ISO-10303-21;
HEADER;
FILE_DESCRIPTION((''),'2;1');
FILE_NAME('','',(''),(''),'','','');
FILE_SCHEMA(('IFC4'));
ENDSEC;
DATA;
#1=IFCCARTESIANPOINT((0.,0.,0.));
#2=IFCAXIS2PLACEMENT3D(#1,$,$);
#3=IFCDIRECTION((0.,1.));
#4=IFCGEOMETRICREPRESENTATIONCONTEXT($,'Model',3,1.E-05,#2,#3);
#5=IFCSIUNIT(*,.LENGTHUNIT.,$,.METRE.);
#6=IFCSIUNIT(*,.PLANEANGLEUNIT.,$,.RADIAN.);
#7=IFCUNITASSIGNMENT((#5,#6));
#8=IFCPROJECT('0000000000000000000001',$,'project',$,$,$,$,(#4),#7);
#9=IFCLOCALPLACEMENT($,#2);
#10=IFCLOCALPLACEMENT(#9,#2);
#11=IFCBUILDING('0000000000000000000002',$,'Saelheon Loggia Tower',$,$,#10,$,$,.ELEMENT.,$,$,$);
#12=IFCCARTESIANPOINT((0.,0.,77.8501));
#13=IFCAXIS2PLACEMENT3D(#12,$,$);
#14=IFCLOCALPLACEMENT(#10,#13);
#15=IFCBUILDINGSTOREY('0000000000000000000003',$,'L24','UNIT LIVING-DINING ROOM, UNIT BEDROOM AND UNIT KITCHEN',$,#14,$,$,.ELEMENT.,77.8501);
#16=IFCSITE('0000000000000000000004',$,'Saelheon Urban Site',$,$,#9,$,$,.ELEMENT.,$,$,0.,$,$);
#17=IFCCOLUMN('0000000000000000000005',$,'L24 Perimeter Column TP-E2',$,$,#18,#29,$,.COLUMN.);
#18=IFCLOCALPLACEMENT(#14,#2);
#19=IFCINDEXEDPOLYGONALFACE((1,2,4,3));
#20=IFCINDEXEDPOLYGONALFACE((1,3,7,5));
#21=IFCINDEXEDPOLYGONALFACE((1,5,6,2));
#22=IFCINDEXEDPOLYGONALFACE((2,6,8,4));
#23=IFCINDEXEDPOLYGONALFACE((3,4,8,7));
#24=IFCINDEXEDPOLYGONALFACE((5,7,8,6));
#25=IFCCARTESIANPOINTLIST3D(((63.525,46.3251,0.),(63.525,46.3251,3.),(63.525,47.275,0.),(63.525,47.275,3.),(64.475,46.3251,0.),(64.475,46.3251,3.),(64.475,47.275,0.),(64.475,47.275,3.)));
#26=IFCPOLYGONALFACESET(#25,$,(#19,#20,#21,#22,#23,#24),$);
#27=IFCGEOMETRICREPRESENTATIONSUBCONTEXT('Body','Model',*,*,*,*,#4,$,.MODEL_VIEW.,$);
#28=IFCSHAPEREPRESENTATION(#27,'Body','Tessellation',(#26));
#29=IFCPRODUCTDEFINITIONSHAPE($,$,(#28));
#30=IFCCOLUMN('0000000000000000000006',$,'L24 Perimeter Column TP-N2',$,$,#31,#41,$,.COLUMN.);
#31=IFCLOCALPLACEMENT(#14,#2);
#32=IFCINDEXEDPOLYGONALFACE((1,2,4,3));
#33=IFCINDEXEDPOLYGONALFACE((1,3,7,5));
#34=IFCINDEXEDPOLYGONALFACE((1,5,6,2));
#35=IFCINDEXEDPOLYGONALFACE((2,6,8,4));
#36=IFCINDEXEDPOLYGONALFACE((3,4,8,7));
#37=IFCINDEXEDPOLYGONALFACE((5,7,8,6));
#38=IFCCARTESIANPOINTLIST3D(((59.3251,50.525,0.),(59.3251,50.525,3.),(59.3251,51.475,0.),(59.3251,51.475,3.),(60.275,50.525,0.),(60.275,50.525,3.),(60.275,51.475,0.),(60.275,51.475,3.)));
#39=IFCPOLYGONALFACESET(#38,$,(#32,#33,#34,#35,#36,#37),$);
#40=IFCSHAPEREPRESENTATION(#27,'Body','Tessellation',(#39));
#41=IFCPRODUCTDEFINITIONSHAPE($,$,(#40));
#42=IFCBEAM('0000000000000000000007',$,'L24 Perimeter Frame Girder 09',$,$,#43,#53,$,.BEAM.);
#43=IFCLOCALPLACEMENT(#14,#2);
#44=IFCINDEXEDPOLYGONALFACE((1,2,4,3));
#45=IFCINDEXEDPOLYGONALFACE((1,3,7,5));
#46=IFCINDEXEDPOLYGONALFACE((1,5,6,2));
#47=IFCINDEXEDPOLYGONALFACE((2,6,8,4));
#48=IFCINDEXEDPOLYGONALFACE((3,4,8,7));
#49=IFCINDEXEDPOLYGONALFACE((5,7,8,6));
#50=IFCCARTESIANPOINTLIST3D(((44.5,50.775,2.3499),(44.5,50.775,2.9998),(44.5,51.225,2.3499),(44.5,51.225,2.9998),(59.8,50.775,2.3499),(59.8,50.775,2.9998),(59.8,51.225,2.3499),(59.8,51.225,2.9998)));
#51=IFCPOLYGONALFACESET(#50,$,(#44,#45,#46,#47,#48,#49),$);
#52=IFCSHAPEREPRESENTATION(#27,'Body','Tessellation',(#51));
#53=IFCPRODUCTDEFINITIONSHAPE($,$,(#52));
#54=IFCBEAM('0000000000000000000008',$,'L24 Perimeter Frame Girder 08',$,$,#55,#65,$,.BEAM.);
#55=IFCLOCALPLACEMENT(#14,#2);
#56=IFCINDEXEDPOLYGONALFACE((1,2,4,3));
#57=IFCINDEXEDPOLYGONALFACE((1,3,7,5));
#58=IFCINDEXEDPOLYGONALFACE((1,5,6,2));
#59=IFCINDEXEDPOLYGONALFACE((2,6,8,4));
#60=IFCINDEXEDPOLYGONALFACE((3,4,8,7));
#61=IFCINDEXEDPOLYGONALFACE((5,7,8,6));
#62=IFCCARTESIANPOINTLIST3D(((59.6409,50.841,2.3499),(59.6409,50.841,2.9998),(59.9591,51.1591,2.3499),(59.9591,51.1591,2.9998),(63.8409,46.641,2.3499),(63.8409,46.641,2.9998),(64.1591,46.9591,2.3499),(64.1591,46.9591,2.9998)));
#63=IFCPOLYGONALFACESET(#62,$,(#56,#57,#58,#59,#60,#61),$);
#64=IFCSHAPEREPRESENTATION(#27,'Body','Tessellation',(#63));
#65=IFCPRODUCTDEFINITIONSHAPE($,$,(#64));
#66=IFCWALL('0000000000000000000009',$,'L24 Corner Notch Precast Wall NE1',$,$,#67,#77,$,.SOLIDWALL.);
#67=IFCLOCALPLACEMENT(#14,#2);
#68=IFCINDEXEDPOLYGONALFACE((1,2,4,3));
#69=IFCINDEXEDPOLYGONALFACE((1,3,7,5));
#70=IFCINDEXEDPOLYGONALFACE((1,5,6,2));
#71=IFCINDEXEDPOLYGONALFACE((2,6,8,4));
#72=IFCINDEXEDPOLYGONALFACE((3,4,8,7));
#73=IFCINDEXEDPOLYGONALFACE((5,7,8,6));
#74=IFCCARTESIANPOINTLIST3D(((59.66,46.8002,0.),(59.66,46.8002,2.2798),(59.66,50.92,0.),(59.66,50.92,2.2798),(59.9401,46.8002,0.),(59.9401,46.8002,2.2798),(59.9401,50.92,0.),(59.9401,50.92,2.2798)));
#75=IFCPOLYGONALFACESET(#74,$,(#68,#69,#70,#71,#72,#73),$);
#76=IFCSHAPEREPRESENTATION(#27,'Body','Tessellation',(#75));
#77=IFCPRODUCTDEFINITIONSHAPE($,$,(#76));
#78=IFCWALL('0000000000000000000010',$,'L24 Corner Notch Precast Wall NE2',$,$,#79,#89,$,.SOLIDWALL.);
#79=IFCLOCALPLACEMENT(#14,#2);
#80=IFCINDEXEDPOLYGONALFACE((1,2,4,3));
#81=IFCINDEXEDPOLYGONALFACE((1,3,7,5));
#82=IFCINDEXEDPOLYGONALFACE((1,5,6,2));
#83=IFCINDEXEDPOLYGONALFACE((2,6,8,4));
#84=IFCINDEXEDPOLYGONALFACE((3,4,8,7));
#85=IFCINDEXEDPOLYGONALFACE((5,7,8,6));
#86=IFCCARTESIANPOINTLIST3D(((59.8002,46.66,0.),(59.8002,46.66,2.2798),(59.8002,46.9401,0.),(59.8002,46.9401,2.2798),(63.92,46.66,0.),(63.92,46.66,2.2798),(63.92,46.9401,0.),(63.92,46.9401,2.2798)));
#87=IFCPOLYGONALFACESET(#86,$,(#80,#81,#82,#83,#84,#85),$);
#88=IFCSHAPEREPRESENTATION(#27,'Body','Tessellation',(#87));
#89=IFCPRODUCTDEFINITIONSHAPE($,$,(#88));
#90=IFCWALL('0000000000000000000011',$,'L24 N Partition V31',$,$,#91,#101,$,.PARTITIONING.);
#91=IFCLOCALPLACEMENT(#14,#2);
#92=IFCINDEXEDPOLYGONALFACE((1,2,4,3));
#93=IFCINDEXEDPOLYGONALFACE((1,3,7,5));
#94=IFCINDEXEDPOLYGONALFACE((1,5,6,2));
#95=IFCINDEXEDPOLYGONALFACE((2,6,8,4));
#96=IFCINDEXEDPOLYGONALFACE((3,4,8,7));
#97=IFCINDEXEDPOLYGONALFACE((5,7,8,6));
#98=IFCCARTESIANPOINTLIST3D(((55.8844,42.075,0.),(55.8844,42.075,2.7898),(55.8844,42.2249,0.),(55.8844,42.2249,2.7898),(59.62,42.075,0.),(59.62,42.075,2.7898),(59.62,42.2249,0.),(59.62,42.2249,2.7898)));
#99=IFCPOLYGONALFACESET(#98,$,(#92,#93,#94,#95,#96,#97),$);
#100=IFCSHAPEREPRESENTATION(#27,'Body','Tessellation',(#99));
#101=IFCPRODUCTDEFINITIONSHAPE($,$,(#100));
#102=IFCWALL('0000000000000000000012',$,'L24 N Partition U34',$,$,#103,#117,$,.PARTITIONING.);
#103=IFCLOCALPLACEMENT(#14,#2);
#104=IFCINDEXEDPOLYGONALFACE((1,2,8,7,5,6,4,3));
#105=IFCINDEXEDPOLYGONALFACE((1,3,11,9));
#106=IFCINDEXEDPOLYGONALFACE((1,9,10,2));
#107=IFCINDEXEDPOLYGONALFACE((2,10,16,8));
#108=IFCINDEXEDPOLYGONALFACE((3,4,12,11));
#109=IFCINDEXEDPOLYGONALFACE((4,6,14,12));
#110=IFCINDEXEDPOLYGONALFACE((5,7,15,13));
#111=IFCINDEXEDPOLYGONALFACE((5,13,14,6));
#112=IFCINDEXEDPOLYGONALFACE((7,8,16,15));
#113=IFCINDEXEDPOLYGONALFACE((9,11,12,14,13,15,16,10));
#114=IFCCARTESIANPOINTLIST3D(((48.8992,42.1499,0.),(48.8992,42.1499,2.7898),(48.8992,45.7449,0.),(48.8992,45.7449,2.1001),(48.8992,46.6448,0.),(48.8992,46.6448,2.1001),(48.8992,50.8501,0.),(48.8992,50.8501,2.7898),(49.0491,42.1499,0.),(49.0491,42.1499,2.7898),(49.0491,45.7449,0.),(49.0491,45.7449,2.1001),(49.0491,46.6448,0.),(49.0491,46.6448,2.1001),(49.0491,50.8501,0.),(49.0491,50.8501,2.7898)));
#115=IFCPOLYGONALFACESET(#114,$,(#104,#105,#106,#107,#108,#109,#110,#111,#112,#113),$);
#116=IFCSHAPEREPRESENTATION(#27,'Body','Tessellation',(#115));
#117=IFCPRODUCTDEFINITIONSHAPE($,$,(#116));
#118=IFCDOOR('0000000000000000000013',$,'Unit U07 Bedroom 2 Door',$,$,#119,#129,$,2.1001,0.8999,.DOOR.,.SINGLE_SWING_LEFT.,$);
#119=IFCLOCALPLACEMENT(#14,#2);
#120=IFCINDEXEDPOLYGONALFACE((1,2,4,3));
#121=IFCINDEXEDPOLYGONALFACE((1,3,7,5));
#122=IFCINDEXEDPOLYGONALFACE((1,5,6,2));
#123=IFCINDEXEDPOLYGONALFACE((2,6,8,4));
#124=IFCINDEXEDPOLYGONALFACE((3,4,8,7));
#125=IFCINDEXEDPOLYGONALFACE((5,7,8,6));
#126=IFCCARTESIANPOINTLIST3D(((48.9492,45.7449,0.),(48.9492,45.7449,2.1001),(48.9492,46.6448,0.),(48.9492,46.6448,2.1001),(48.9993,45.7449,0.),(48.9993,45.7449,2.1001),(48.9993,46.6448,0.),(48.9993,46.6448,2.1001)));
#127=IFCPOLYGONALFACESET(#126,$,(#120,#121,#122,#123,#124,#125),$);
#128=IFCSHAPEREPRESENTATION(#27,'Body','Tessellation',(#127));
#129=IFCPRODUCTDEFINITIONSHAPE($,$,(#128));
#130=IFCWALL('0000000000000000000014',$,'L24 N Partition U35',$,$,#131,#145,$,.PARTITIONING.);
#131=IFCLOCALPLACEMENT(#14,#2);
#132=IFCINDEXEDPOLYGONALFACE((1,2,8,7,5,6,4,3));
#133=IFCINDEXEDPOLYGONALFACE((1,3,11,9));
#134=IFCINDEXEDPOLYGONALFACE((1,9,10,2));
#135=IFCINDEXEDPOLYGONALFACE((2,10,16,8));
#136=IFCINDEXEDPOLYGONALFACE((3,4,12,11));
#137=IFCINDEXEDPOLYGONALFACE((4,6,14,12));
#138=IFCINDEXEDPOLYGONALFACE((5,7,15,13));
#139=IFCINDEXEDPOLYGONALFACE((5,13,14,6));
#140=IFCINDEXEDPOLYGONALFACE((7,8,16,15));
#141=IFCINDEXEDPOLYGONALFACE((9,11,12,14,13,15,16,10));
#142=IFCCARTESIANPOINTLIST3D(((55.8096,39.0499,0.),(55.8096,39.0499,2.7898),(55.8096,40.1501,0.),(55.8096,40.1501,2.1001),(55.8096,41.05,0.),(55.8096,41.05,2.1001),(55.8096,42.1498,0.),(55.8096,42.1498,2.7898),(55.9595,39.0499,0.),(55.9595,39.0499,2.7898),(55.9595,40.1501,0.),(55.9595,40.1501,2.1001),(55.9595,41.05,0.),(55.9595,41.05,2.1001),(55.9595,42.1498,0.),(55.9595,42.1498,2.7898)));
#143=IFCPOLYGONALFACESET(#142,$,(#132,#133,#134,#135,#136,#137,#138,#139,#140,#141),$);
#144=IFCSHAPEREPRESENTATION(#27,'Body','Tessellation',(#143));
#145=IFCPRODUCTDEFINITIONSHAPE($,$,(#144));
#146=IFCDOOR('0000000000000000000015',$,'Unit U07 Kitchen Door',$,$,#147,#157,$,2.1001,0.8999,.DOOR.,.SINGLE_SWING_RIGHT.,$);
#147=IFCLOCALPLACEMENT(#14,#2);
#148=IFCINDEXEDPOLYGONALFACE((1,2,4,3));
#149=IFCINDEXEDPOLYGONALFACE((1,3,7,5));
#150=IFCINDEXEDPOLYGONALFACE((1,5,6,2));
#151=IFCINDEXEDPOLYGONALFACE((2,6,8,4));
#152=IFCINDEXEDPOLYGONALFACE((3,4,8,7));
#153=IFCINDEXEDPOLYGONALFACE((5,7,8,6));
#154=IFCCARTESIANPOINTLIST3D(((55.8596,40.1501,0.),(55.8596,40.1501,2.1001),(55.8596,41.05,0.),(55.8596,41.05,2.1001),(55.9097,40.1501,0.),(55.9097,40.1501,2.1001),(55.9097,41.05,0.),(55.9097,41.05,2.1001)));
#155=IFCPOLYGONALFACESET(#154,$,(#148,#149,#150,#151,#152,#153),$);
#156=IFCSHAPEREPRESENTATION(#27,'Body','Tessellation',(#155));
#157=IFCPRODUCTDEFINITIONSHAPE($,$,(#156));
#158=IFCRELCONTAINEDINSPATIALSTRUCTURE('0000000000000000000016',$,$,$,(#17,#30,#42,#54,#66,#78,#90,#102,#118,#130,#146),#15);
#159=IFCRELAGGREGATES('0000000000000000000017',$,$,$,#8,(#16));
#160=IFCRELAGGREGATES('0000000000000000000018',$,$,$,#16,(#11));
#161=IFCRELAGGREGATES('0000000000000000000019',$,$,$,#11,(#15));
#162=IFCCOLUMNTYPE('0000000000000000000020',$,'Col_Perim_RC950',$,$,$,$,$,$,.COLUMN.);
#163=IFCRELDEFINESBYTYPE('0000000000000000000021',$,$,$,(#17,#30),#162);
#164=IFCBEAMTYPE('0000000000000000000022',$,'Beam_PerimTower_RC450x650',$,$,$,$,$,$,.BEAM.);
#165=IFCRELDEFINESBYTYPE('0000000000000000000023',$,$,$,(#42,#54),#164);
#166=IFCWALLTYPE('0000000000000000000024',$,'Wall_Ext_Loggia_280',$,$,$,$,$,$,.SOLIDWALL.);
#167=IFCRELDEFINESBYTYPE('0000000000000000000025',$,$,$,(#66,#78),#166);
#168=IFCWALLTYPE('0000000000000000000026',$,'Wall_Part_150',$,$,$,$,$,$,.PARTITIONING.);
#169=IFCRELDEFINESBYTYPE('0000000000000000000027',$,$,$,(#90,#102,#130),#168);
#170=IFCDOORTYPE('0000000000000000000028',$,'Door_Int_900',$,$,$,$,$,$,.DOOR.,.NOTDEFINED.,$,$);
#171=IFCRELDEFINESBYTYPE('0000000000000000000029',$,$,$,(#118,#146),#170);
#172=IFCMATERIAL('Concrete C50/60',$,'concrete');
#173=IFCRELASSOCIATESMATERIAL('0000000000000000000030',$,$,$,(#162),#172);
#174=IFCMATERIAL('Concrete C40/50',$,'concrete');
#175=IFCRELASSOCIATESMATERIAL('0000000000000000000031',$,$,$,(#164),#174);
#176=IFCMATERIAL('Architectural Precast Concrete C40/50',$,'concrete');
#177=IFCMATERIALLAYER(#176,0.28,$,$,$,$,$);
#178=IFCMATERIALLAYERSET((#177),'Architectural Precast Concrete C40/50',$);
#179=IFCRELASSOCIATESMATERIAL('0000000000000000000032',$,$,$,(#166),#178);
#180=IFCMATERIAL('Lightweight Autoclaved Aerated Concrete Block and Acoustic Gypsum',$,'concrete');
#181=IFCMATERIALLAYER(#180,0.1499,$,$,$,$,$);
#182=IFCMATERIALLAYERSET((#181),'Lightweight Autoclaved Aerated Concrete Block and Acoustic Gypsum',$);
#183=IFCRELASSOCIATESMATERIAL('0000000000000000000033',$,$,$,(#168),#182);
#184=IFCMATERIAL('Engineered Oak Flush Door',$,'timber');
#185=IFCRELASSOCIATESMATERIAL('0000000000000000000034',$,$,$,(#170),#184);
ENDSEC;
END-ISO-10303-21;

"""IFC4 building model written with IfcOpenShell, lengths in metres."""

from ifc_helpers import new_model, si_unit, direction, frame, frame_2d, origin, origin_2d, place, context, subcontext, project, spatial, rectangle, extrude, source, transform, mapped, material, layer, layer_set, material_profile, profile_set, type_object, element, fill, save


model = new_model("IFC4")

# Units and contexts
model_context = context("Model", 3, precision=1e-05, world=origin(), true_north=direction((0.0, 1.0)))
body_context = subcontext(model_context, "Body", "Model", "MODEL_VIEW")
ifc_project = project(units=[si_unit("LENGTHUNIT", "METRE"), si_unit("PLANEANGLEUNIT", "RADIAN")], contexts=[model_context])

# Site, building, storey
site_placement = place(None, origin())
site = spatial("IfcSite", under=ifc_project, at=site_placement, Name="Saelheon Urban Site", CompositionType="ELEMENT", RefElevation=0.0)
building_placement = place(site_placement, origin())
building = spatial("IfcBuilding", under=site, at=building_placement, Name="Saelheon Loggia Tower", CompositionType="ELEMENT")
storey_placement = place(building_placement, frame((0.0, 0.0, 77.8501)))
storey = spatial("IfcBuildingStorey", under=building, at=storey_placement, Name="L24", Description="UNIT LIVING-DINING ROOM, UNIT BEDROOM AND UNIT KITCHEN", CompositionType="ELEMENT", Elevation=77.8501)

# Columns
ifc_material_1 = material(Name="Concrete C50/60", Category="concrete")
ifc_material_profile_1 = material_profile(ifc_material_1, rectangle(XDim=0.95, YDim=0.95, at=origin_2d()), Name="RC-950x950")
ifc_profile_set_1 = profile_set([ifc_material_profile_1], Name="Concrete C50/60")
column_type = type_object("IfcColumnType", Name="Col_Perim_RC950", PredefinedType="COLUMN", material=ifc_profile_set_1)
shared_shape_1 = source(origin(), body_context, "Body", "SweptSolid", [
    extrude(rectangle(XDim=0.95, YDim=0.95, at=origin_2d()), origin(), (0.0, 0.0, 1.0), 3.0),
])
for number, where, z_axis, x_axis, name in (
    (1, (64.0, 46.8, 0.0), (0.0, 0.0, 1.0), (1.0, 0.0, 0.0), "L24 Perimeter Column TP-E2"),
    (2, (59.8, 51.0, 0.0), (0.0, 0.0, 1.0), (1.0, 0.0, 0.0), "L24 Perimeter Column TP-N2"),
):
    element("IfcColumn", number, at=place(storey_placement, frame(where, z_axis=z_axis, x_axis=x_axis)), inside=storey, type_object=column_type, Name=name, PredefinedType="COLUMN", context=body_context, shape_type="MappedRepresentation", body=[
        mapped(shared_shape_1, transform((0.0, 0.0, 0.0), scale=1.0)),
    ])

# Beams
ifc_material_2 = material(Name="Concrete C40/50", Category="concrete")
ifc_material_profile_2 = material_profile(ifc_material_2, rectangle(XDim=0.45, YDim=0.6499, at=origin_2d()), Name="RC-450x650")
ifc_profile_set_2 = profile_set([ifc_material_profile_2], Name="Concrete C40/50")
beam_type = type_object("IfcBeamType", Name="Beam_PerimTower_RC450x650", PredefinedType="BEAM", material=ifc_profile_set_2)
shared_shape_2 = source(origin(), body_context, "Body", "SweptSolid", [
    extrude(rectangle(XDim=0.45, YDim=0.6499, at=origin_2d()), origin(), (0.0, 0.0, 1.0), 15.3),
])
beam_1_placement = place(storey_placement, frame((59.8, 51.0, 2.6748), z_axis=(-1.0, 0.0, 0.0), x_axis=(0.0, -1.0, 0.0)))
element("IfcBeam", 3, at=beam_1_placement, inside=storey, type_object=beam_type, Name="L24 Perimeter Frame Girder 09", PredefinedType="BEAM", context=body_context, shape_type="MappedRepresentation", body=[
    mapped(shared_shape_2, transform((0.0, 0.0, 0.0), scale=1.0)),
])
shared_shape_3 = source(origin(), body_context, "Body", "SweptSolid", [
    extrude(rectangle(XDim=0.45, YDim=0.6499, at=origin_2d()), origin(), (0.0, 0.0, 1.0), 5.9397),
])
beam_2_placement = place(storey_placement, frame((64.0, 46.8, 2.6748), z_axis=(-0.707107, 0.707107, 0.0), x_axis=(-0.707107, -0.707107, 0.0)))
element("IfcBeam", 4, at=beam_2_placement, inside=storey, type_object=beam_type, Name="L24 Perimeter Frame Girder 08", PredefinedType="BEAM", context=body_context, shape_type="MappedRepresentation", body=[
    mapped(shared_shape_3, transform((0.0, 0.0, 0.0), scale=1.0)),
])

# Walls
ifc_material_3 = material(Name="Architectural Precast Concrete C40/50", Category="concrete")
ifc_layer_1 = layer(ifc_material_3, 0.28)
ifc_layer_set_1 = layer_set([ifc_layer_1], Name="Architectural Precast Concrete C40/50")
wall_type_1 = type_object("IfcWallType", Name="Wall_Ext_Loggia_280", PredefinedType="SOLIDWALL", material=ifc_layer_set_1)
for number, where, z_axis, x_axis, name in (
    (5, (59.8, 46.8, 0.0), (0.0, 0.0, 1.0), (0.0, 1.0, 0.0), "L24 Corner Notch Precast Wall NE1"),
    (6, (59.8, 46.8, 0.0), (0.0, 0.0, 1.0), (1.0, 0.0, 0.0), "L24 Corner Notch Precast Wall NE2"),
):
    element("IfcWall", number, at=place(storey_placement, frame(where, z_axis=z_axis, x_axis=x_axis)), inside=storey, type_object=wall_type_1, Name=name, PredefinedType="SOLIDWALL", context=body_context, shape_type="SweptSolid", body=[
        extrude(rectangle(XDim=4.1199, YDim=0.28, at=frame_2d((2.0601, 0.0))), origin(), (0.0, 0.0, 1.0), 2.2798),
    ])
ifc_material_4 = material(Name="Lightweight Autoclaved Aerated Concrete Block and Acoustic Gypsum", Category="concrete")
ifc_layer_2 = layer(ifc_material_4, 0.1499)
ifc_layer_set_2 = layer_set([ifc_layer_2], Name="Lightweight Autoclaved Aerated Concrete Block and Acoustic Gypsum")
wall_type_2 = type_object("IfcWallType", Name="Wall_Part_150", PredefinedType="PARTITIONING", material=ifc_layer_set_2)
wall_1_placement = place(storey_placement, frame((55.8845, 42.1499, 0.0), z_axis=(0.0, 0.0, 1.0), x_axis=(1.0, 0.0, 0.0)))
element("IfcWall", 7, at=wall_1_placement, inside=storey, type_object=wall_type_2, Name="L24 N Partition V31", PredefinedType="PARTITIONING", context=body_context, shape_type="SweptSolid", body=[
    extrude(rectangle(XDim=3.7356, YDim=0.1499, at=frame_2d((1.8677, 0.0))), origin(), (0.0, 0.0, 1.0), 2.7898),
])

# Walls, openings, doors
wall_2_placement = place(storey_placement, frame((48.9741, 42.1499, 0.0), z_axis=(0.0, 0.0, 1.0), x_axis=(0.0, 1.0, 0.0)))
wall_2 = element("IfcWall", 8, at=wall_2_placement, inside=storey, type_object=wall_type_2, Name="L24 N Partition U34", PredefinedType="PARTITIONING", context=body_context, shape_type="SweptSolid", body=[
    extrude(rectangle(XDim=8.7002, YDim=0.1499, at=frame_2d((4.3501, 0.0))), origin(), (0.0, 0.0, 1.0), 2.7898),
])
opening_1_placement = place(wall_2_placement, frame((3.595, 0.0, 0.0)))
opening_1 = element("IfcOpeningElement", 9, at=opening_1_placement, cuts=wall_2, PredefinedType="OPENING", context=body_context, shape_type="SweptSolid", body=[
    extrude(rectangle(XDim=0.8999, YDim=2.1001, at=frame_2d((0.45, 1.05))), frame((0.0, 0.0869, 0.0), z_axis=(0.0, -1.0, 0.0), x_axis=(1.0, 0.0, 0.0)), (0.0, 0.0, 1.0), 0.1738),
])
ifc_material_5 = material(Name="Engineered Oak Flush Door", Category="timber")
door_type_1 = type_object("IfcDoorType", Name="Door_Int_900", OperationType="NOTDEFINED", PredefinedType="DOOR", material=ifc_material_5)
shared_shape_4 = source(origin(), body_context, "Body", "SweptSolid", [
    extrude(rectangle(XDim=0.8999, YDim=2.1001, at=frame_2d((0.45, 1.05))), frame((0.0, 0.0249, 0.0), z_axis=(0.0, -1.0, 0.0), x_axis=(1.0, 0.0, 0.0)), (0.0, 0.0, 1.0), 0.05),
])
door_1_placement = place(opening_1_placement, origin())
door_1 = element("IfcDoor", 10, at=door_1_placement, inside=storey, type_object=door_type_1, Name="Unit U07 Bedroom 2 Door", OperationType="SINGLE_SWING_LEFT", OverallHeight=2.1001, OverallWidth=0.8999, PredefinedType="DOOR", context=body_context, shape_type="MappedRepresentation", body=[
    mapped(shared_shape_4, transform((0.0, 0.0, 0.0), scale=1.0)),
])
fill(opening_1, door_1)
wall_3_placement = place(storey_placement, frame((55.8845, 39.05, 0.0), z_axis=(0.0, 0.0, 1.0), x_axis=(0.0, 1.0, 0.0)))
wall_3 = element("IfcWall", 11, at=wall_3_placement, inside=storey, type_object=wall_type_2, Name="L24 N Partition U35", PredefinedType="PARTITIONING", context=body_context, shape_type="SweptSolid", body=[
    extrude(rectangle(XDim=3.0999, YDim=0.1499, at=frame_2d((1.5498, 0.0))), origin(), (0.0, 0.0, 1.0), 2.7898),
])
opening_2_placement = place(wall_3_placement, frame((1.1001, 0.0, 0.0)))
opening_2 = element("IfcOpeningElement", 12, at=opening_2_placement, cuts=wall_3, PredefinedType="OPENING", context=body_context, shape_type="SweptSolid", body=[
    extrude(rectangle(XDim=0.8999, YDim=2.1001, at=frame_2d((0.45, 1.05))), frame((0.0, 0.0869, 0.0), z_axis=(0.0, -1.0, 0.0), x_axis=(1.0, 0.0, 0.0)), (0.0, 0.0, 1.0), 0.1738),
])
door_2_placement = place(opening_2_placement, origin())
door_2 = element("IfcDoor", 13, at=door_2_placement, inside=storey, type_object=door_type_1, Name="Unit U07 Kitchen Door", OperationType="SINGLE_SWING_RIGHT", OverallHeight=2.1001, OverallWidth=0.8999, PredefinedType="DOOR", context=body_context, shape_type="MappedRepresentation", body=[
    mapped(shared_shape_4, transform((0.0, 0.0, 0.0), scale=1.0)),
])
fill(opening_2, door_2)

save(model, "model.ifc")
